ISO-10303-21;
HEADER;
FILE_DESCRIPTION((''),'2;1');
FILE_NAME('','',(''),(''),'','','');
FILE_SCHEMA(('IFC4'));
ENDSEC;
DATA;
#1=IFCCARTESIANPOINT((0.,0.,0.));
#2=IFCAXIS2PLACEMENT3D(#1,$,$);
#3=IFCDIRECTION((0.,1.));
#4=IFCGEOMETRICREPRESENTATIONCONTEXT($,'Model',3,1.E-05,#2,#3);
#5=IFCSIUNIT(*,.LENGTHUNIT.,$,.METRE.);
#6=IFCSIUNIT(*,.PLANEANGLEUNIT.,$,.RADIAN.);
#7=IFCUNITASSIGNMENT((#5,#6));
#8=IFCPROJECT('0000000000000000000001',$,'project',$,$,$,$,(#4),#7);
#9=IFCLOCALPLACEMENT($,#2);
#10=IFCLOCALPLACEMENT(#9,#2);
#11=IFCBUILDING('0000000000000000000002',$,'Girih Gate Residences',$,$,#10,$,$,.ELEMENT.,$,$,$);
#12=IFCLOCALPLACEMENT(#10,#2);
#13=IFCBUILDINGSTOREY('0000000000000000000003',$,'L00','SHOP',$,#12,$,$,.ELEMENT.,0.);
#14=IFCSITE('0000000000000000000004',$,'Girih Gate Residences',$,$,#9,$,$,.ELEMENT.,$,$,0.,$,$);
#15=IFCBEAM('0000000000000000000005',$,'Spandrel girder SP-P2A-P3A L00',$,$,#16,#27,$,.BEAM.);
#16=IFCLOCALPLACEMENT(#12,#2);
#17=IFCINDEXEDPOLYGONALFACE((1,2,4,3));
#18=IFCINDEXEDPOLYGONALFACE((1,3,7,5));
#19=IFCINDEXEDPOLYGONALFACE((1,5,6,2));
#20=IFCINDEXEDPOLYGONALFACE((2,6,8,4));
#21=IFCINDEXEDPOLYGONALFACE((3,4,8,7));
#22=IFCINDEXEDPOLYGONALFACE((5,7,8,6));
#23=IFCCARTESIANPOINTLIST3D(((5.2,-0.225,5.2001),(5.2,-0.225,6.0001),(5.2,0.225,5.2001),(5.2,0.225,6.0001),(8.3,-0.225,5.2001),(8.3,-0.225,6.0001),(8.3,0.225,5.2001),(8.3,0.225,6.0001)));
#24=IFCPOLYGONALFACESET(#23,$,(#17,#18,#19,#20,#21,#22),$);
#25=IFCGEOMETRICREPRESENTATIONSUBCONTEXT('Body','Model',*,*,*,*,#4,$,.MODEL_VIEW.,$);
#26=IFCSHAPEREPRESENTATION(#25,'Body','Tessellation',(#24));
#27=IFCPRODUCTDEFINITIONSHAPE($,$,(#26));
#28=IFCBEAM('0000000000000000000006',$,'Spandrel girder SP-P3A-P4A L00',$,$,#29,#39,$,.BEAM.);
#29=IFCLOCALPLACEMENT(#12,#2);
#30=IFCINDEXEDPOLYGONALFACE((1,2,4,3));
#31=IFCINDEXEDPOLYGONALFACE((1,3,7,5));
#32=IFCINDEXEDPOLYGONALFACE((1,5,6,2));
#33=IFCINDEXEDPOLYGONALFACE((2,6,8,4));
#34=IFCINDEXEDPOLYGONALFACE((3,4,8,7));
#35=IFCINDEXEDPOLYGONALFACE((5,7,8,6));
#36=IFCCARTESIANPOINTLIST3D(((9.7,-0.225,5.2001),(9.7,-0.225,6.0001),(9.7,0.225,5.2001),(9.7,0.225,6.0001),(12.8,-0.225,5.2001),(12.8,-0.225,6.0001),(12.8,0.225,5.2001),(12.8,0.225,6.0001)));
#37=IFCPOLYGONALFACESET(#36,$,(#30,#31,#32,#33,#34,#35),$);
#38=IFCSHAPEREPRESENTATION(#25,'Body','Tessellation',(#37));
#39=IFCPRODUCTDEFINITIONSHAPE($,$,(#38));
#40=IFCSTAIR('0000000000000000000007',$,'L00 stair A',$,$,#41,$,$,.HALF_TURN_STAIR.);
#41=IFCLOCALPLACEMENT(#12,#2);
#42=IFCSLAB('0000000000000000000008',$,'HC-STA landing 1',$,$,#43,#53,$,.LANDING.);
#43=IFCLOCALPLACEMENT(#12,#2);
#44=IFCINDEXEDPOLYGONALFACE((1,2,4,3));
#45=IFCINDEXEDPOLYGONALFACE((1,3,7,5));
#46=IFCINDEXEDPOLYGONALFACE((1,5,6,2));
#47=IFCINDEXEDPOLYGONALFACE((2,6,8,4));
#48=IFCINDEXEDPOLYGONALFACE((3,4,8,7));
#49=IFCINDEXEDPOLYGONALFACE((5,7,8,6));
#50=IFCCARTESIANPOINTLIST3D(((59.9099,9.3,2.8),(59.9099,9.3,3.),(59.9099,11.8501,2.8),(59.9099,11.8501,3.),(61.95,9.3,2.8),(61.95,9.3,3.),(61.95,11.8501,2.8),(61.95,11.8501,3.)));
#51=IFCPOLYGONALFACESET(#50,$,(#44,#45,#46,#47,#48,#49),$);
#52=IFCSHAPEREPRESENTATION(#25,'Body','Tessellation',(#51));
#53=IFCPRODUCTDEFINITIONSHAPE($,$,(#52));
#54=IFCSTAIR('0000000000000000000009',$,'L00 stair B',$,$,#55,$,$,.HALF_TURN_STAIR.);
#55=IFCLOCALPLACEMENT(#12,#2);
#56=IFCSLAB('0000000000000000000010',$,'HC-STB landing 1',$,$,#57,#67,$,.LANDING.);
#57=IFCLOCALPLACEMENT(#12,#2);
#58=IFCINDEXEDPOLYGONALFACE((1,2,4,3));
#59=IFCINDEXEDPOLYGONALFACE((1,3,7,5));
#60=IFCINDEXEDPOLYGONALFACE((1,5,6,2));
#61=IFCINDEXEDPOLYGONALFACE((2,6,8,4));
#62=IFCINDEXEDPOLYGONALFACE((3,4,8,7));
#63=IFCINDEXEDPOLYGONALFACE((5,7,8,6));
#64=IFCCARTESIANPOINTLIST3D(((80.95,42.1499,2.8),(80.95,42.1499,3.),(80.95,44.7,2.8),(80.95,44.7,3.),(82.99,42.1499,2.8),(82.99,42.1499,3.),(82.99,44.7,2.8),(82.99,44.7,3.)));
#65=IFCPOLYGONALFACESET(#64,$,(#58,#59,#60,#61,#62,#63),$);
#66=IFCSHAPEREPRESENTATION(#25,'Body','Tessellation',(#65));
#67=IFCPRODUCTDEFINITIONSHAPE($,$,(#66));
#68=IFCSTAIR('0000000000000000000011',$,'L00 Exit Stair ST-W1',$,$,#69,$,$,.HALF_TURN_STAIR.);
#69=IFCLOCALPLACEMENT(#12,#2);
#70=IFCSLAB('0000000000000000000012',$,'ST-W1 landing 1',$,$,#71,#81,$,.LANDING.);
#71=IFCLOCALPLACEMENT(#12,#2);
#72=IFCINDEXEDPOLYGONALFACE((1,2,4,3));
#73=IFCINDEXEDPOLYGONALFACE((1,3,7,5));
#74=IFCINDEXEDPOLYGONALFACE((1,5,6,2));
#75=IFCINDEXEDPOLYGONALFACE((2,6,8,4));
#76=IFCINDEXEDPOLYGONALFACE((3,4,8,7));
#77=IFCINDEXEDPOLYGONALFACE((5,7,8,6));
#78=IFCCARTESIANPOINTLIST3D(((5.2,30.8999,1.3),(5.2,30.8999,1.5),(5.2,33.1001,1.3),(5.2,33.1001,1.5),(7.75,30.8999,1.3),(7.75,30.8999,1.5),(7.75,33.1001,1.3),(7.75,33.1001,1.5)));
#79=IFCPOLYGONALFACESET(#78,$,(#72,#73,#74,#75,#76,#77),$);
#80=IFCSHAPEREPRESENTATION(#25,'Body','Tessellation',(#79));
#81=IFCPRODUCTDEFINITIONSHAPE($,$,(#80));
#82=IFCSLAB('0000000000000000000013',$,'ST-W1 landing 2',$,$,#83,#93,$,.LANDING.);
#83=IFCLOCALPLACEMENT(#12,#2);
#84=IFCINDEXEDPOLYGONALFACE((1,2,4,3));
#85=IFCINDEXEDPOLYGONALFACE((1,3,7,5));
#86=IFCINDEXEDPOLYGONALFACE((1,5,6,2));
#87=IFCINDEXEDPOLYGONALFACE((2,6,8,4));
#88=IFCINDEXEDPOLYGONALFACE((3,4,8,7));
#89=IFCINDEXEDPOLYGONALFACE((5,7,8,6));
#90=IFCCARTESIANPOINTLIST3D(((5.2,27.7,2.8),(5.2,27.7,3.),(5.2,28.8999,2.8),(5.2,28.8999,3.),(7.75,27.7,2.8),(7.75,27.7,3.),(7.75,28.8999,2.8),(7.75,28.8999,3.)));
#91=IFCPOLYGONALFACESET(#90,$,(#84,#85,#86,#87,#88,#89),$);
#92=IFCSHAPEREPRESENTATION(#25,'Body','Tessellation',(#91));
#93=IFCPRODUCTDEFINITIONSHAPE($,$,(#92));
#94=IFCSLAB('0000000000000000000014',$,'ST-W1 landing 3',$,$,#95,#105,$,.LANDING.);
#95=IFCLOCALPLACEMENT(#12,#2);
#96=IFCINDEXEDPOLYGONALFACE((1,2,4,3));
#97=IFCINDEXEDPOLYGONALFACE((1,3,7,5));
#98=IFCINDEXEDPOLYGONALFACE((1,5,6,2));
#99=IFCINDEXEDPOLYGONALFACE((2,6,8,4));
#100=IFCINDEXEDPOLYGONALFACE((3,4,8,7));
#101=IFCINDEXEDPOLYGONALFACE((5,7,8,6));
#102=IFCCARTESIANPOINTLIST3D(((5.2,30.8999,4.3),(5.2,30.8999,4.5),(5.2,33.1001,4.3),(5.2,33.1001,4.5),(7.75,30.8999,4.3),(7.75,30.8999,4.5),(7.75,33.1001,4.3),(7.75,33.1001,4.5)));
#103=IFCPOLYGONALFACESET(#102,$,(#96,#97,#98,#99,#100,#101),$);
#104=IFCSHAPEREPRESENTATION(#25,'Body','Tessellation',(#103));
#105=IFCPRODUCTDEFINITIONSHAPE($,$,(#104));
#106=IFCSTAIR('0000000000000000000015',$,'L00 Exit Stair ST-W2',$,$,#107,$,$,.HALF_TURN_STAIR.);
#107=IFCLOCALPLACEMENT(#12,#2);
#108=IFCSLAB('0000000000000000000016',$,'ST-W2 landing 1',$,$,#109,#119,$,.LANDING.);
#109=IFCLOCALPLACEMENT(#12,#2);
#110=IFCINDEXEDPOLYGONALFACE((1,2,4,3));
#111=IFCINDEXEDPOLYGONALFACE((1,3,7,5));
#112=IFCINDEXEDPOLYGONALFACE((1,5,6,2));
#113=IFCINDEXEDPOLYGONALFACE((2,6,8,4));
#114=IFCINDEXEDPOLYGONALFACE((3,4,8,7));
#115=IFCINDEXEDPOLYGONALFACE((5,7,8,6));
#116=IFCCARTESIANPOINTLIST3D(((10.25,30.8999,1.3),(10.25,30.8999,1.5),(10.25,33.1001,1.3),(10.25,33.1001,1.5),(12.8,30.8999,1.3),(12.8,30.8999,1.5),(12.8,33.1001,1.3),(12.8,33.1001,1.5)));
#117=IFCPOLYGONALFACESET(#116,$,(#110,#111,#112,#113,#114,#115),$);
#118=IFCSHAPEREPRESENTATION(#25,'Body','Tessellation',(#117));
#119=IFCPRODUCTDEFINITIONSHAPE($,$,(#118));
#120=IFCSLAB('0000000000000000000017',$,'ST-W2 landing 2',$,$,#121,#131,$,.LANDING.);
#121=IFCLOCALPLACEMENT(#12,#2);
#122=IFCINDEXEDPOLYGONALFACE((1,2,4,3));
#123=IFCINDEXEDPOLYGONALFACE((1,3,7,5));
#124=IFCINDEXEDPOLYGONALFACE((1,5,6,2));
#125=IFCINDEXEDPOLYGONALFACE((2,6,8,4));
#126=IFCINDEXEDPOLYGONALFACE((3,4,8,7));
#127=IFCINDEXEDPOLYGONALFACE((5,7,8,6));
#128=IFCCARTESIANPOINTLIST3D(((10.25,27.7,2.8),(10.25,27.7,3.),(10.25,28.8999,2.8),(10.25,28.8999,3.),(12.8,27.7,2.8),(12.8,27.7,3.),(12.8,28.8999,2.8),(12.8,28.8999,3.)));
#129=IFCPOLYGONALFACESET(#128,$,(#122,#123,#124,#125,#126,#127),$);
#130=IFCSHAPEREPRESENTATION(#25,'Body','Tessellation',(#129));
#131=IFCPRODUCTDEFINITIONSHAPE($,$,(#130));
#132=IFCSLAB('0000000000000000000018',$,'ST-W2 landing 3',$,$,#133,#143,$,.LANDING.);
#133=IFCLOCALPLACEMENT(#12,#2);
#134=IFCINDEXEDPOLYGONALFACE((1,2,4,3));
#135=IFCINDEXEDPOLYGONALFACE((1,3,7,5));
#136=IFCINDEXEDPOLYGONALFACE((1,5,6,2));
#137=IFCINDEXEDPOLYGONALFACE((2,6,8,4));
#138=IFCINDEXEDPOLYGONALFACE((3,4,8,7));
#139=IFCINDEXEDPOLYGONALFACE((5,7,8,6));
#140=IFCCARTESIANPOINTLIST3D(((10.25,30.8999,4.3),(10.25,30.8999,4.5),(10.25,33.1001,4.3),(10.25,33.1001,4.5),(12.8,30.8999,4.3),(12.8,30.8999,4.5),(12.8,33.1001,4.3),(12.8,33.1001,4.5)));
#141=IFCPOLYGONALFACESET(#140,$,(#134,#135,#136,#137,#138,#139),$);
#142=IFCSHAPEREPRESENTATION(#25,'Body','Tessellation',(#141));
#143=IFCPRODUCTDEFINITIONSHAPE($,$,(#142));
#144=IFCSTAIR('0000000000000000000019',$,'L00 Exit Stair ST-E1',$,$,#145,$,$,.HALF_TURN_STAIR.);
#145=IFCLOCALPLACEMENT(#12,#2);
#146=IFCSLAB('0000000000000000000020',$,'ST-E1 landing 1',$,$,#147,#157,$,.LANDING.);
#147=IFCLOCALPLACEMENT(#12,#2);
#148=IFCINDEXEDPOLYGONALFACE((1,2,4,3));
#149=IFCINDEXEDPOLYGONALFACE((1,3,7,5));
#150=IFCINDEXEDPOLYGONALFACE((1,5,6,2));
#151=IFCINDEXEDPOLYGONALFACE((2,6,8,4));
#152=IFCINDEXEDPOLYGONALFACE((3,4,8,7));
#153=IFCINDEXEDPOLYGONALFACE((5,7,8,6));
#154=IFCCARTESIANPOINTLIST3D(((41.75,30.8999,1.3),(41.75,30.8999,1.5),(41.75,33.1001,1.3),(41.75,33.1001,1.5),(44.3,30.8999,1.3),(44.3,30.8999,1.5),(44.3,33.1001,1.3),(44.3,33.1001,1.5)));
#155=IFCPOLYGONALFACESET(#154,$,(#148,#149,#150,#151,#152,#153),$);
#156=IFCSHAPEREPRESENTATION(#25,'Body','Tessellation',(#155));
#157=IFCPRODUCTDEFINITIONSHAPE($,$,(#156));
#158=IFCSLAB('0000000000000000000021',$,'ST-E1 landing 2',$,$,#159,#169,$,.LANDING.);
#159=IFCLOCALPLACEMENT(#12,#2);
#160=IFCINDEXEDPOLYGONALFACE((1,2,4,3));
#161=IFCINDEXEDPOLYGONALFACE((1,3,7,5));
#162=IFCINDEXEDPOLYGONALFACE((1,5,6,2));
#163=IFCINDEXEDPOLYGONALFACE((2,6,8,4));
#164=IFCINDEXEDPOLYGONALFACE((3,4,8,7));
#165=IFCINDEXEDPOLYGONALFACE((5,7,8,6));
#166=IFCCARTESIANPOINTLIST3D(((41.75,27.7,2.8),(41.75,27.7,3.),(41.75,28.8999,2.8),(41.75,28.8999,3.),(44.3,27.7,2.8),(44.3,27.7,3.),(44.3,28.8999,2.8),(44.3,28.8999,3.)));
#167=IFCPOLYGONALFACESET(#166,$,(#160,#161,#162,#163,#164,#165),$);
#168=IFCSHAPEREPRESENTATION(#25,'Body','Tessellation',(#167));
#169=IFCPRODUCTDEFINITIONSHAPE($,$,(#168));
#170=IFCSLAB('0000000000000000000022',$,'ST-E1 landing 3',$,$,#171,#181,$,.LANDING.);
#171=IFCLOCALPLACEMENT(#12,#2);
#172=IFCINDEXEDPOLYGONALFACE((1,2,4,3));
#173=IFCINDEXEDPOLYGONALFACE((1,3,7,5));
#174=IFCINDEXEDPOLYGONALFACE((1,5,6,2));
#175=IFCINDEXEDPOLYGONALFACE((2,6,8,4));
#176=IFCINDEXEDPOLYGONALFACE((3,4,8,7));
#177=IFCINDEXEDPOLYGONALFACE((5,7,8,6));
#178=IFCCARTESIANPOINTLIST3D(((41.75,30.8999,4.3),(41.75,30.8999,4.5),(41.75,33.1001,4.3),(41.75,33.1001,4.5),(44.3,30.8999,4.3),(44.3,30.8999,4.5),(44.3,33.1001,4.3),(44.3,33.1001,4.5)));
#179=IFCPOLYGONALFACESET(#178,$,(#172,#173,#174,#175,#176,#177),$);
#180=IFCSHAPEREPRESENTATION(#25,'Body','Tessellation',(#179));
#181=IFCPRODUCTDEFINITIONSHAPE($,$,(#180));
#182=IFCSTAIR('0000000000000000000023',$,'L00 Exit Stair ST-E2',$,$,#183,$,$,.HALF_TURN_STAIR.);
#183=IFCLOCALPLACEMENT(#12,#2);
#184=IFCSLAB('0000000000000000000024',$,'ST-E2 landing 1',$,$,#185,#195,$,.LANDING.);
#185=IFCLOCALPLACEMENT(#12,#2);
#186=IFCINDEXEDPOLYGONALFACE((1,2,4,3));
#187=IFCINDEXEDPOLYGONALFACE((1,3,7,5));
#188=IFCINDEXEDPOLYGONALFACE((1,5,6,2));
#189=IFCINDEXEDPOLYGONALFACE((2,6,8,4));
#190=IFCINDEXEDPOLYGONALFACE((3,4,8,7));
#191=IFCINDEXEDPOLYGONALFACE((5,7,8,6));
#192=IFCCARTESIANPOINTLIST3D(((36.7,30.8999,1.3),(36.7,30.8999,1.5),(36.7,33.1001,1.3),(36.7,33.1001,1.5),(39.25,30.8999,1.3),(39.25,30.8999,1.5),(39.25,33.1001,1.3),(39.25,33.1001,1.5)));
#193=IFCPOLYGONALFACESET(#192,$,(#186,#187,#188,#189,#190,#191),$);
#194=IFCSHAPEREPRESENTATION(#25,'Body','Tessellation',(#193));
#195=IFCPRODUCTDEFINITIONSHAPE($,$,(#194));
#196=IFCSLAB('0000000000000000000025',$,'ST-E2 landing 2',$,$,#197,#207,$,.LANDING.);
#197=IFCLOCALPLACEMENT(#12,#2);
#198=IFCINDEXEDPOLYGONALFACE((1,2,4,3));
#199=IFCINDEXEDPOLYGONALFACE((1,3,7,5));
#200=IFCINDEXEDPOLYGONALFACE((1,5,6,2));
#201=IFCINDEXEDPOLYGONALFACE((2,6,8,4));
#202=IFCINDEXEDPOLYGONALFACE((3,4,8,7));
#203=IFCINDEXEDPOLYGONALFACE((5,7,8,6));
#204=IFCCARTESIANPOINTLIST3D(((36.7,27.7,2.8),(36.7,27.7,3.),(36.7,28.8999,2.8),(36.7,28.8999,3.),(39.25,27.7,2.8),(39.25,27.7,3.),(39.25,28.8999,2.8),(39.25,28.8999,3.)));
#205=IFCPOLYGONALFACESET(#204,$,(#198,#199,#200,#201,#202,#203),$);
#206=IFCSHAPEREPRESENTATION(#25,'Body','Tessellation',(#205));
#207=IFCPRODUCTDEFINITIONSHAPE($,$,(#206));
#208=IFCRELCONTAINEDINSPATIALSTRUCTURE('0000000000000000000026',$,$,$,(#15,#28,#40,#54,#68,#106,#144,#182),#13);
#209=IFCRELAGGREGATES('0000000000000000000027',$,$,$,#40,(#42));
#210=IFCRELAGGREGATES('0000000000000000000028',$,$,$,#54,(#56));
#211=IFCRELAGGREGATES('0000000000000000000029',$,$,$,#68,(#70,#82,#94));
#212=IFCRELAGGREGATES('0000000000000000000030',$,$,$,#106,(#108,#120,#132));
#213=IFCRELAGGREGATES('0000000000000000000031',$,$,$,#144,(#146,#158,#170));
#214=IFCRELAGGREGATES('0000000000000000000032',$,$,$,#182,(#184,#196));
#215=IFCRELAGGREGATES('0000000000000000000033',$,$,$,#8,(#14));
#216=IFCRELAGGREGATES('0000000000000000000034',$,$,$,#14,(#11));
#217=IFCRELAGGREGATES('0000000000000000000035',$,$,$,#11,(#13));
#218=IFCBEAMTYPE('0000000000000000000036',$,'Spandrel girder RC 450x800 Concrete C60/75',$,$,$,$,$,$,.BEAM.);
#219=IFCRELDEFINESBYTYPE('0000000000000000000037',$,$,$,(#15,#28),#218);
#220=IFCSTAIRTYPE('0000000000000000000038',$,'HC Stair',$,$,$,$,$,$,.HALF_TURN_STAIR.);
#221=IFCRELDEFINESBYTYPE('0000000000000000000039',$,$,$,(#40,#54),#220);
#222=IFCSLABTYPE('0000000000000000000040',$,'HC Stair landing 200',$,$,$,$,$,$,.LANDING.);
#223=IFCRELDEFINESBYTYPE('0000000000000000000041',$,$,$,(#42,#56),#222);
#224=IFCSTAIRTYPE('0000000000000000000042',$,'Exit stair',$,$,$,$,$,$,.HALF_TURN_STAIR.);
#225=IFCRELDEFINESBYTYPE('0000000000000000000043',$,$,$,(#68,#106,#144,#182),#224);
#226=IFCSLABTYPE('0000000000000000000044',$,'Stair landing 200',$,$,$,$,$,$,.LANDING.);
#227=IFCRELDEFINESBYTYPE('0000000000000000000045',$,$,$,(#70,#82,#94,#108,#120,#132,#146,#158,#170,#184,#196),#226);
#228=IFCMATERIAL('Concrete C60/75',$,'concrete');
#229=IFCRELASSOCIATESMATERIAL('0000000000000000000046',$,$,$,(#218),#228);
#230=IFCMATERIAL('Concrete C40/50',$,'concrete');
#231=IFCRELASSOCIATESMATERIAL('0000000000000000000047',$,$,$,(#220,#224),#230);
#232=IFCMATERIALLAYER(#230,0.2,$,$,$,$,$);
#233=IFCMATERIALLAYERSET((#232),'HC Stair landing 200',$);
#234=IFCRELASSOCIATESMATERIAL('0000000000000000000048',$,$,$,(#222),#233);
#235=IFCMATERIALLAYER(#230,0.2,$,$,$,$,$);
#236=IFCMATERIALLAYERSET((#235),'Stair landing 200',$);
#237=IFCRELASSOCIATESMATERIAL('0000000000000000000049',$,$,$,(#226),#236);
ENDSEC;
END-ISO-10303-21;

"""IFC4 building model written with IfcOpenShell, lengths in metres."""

from ifc_helpers import new_model, si_unit, direction, frame, origin, origin_2d, place, context, subcontext, project, spatial, polyline, rectangle, outline, extrude, material, layer, layer_set, material_profile, profile_set, type_object, element, aggregate, save


model = new_model("IFC4")

# Units and contexts
model_context = context("Model", 3, precision=1e-05, world=origin(), true_north=direction((0.0, 1.0)))
body_context = subcontext(model_context, "Body", "Model", "MODEL_VIEW")
ifc_project = project(units=[si_unit("LENGTHUNIT", "METRE"), si_unit("PLANEANGLEUNIT", "RADIAN")], contexts=[model_context])

# Site, building, storey
site_placement = place(None, origin())
site = spatial("IfcSite", under=ifc_project, at=site_placement, Name="Girih Gate Residences", CompositionType="ELEMENT", RefElevation=0.0)
building_placement = place(site_placement, origin())
building = spatial("IfcBuilding", under=site, at=building_placement, Name="Girih Gate Residences", CompositionType="ELEMENT")
storey_placement = place(building_placement, origin())
storey = spatial("IfcBuildingStorey", under=building, at=storey_placement, Name="L00", Description="SHOP", CompositionType="ELEMENT", Elevation=0.0)

# Beams
ifc_material_1 = material(Name="Concrete C60/75", Category="concrete")
ifc_material_profile_1 = material_profile(ifc_material_1, rectangle(XDim=0.45, YDim=0.8, at=origin_2d()))
ifc_profile_set_1 = profile_set([ifc_material_profile_1], Name="Concrete C60/75")
beam_type = type_object("IfcBeamType", Name="Spandrel girder RC 450x800 Concrete C60/75", PredefinedType="BEAM", material=ifc_profile_set_1)
for number, where, z_axis, x_axis, name in (
    (1, (5.2, 0.0, 5.6001), (1.0, 0.0, 0.0), (0.0, 1.0, 0.0), "Spandrel girder SP-P2A-P3A L00"),
    (2, (9.7, 0.0, 5.6001), (1.0, 0.0, 0.0), (0.0, 1.0, 0.0), "Spandrel girder SP-P3A-P4A L00"),
):
    element("IfcBeam", number, at=place(storey_placement, frame(where, z_axis=z_axis, x_axis=x_axis)), inside=storey, type_object=beam_type, Name=name, PredefinedType="BEAM", context=body_context, shape_type="SweptSolid", body=[
        extrude(rectangle(XDim=0.45, YDim=0.8, at=origin_2d()), origin(), (0.0, 0.0, 1.0), 3.1001),
    ])

# Stairs, slabs
ifc_material_2 = material(Name="Concrete C40/50", Category="concrete")
stair_type_1 = type_object("IfcStairType", Name="HC Stair", PredefinedType="HALF_TURN_STAIR", material=ifc_material_2)
stair_1_placement = place(storey_placement, origin())
stair_1 = element("IfcStair", 3, at=stair_1_placement, inside=storey, type_object=stair_type_1, Name="L00 stair A", PredefinedType="HALF_TURN_STAIR")
ifc_layer_1 = layer(ifc_material_2, 0.2)
ifc_layer_set_1 = layer_set([ifc_layer_1], Name="HC Stair landing 200")
slab_type_1 = type_object("IfcSlabType", Name="HC Stair landing 200", PredefinedType="LANDING", material=ifc_layer_set_1)
slab_1_placement = place(storey_placement, frame((0.0, 0.0, 2.8)))
slab_1 = element("IfcSlab", 4, at=slab_1_placement, type_object=slab_type_1, Name="HC-STA landing 1", PredefinedType="LANDING", context=body_context, shape_type="SweptSolid", body=[
    extrude(outline(polyline([(59.9099, 9.3), (61.95, 9.3), (61.95, 11.8501), (59.9099, 11.8501), (59.9099, 9.3)])), origin(), (0.0, 0.0, 1.0), 0.2),
])
aggregate(stair_1, [slab_1])
stair_2_placement = place(storey_placement, origin())
stair_2 = element("IfcStair", 5, at=stair_2_placement, inside=storey, type_object=stair_type_1, Name="L00 stair B", PredefinedType="HALF_TURN_STAIR")
slab_2_placement = place(storey_placement, frame((0.0, 0.0, 2.8)))
slab_2 = element("IfcSlab", 6, at=slab_2_placement, type_object=slab_type_1, Name="HC-STB landing 1", PredefinedType="LANDING", context=body_context, shape_type="SweptSolid", body=[
    extrude(outline(polyline([(82.99, 44.7), (80.95, 44.7), (80.95, 42.1499), (82.99, 42.1499), (82.99, 44.7)])), origin(), (0.0, 0.0, 1.0), 0.2),
])
aggregate(stair_2, [slab_2])

# Stairs, slabs
stair_type_2 = type_object("IfcStairType", Name="Exit stair", PredefinedType="HALF_TURN_STAIR", material=ifc_material_2)
stair_3_placement = place(storey_placement, origin())
stair_3 = element("IfcStair", 7, at=stair_3_placement, inside=storey, type_object=stair_type_2, Name="L00 Exit Stair ST-W1", PredefinedType="HALF_TURN_STAIR")
ifc_layer_2 = layer(ifc_material_2, 0.2)
ifc_layer_set_2 = layer_set([ifc_layer_2], Name="Stair landing 200")
slab_type_2 = type_object("IfcSlabType", Name="Stair landing 200", PredefinedType="LANDING", material=ifc_layer_set_2)
slab_3_placement = place(storey_placement, frame((0.0, 0.0, 1.3)))
slab_3 = element("IfcSlab", 8, at=slab_3_placement, type_object=slab_type_2, Name="ST-W1 landing 1", PredefinedType="LANDING", context=body_context, shape_type="SweptSolid", body=[
    extrude(outline(polyline([(7.75, 30.8999), (7.75, 33.1001), (5.2, 33.1001), (5.2, 30.8999), (7.75, 30.8999)])), origin(), (0.0, 0.0, 1.0), 0.2),
])
slab_4_placement = place(storey_placement, frame((0.0, 0.0, 2.8)))
slab_4 = element("IfcSlab", 9, at=slab_4_placement, type_object=slab_type_2, Name="ST-W1 landing 2", PredefinedType="LANDING", context=body_context, shape_type="SweptSolid", body=[
    extrude(outline(polyline([(7.75, 27.7), (7.75, 28.8999), (5.2, 28.8999), (5.2, 27.7), (7.75, 27.7)])), origin(), (0.0, 0.0, 1.0), 0.2),
])
slab_5_placement = place(storey_placement, frame((0.0, 0.0, 4.3)))
slab_5 = element("IfcSlab", 10, at=slab_5_placement, type_object=slab_type_2, Name="ST-W1 landing 3", PredefinedType="LANDING", context=body_context, shape_type="SweptSolid", body=[
    extrude(outline(polyline([(7.75, 30.8999), (7.75, 33.1001), (5.2, 33.1001), (5.2, 30.8999), (7.75, 30.8999)])), origin(), (0.0, 0.0, 1.0), 0.2),
])
aggregate(stair_3, [slab_3, slab_4, slab_5])
stair_4_placement = place(storey_placement, origin())
stair_4 = element("IfcStair", 11, at=stair_4_placement, inside=storey, type_object=stair_type_2, Name="L00 Exit Stair ST-W2", PredefinedType="HALF_TURN_STAIR")
slab_6_placement = place(storey_placement, frame((0.0, 0.0, 1.3)))
slab_6 = element("IfcSlab", 12, at=slab_6_placement, type_object=slab_type_2, Name="ST-W2 landing 1", PredefinedType="LANDING", context=body_context, shape_type="SweptSolid", body=[
    extrude(outline(polyline([(12.8, 30.8999), (12.8, 33.1001), (10.25, 33.1001), (10.25, 30.8999), (12.8, 30.8999)])), origin(), (0.0, 0.0, 1.0), 0.2),
])
slab_7_placement = place(storey_placement, frame((0.0, 0.0, 2.8)))
slab_7 = element("IfcSlab", 13, at=slab_7_placement, type_object=slab_type_2, Name="ST-W2 landing 2", PredefinedType="LANDING", context=body_context, shape_type="SweptSolid", body=[
    extrude(outline(polyline([(12.8, 27.7), (12.8, 28.8999), (10.25, 28.8999), (10.25, 27.7), (12.8, 27.7)])), origin(), (0.0, 0.0, 1.0), 0.2),
])
slab_8_placement = place(storey_placement, frame((0.0, 0.0, 4.3)))
slab_8 = element("IfcSlab", 14, at=slab_8_placement, type_object=slab_type_2, Name="ST-W2 landing 3", PredefinedType="LANDING", context=body_context, shape_type="SweptSolid", body=[
    extrude(outline(polyline([(12.8, 30.8999), (12.8, 33.1001), (10.25, 33.1001), (10.25, 30.8999), (12.8, 30.8999)])), origin(), (0.0, 0.0, 1.0), 0.2),
])
aggregate(stair_4, [slab_6, slab_7, slab_8])
stair_5_placement = place(storey_placement, origin())
stair_5 = element("IfcStair", 15, at=stair_5_placement, inside=storey, type_object=stair_type_2, Name="L00 Exit Stair ST-E1", PredefinedType="HALF_TURN_STAIR")
slab_9_placement = place(storey_placement, frame((0.0, 0.0, 1.3)))
slab_9 = element("IfcSlab", 16, at=slab_9_placement, type_object=slab_type_2, Name="ST-E1 landing 1", PredefinedType="LANDING", context=body_context, shape_type="SweptSolid", body=[
    extrude(outline(polyline([(44.3, 30.8999), (44.3, 33.1001), (41.75, 33.1001), (41.75, 30.8999), (44.3, 30.8999)])), origin(), (0.0, 0.0, 1.0), 0.2),
])
slab_10_placement = place(storey_placement, frame((0.0, 0.0, 2.8)))
slab_10 = element("IfcSlab", 17, at=slab_10_placement, type_object=slab_type_2, Name="ST-E1 landing 2", PredefinedType="LANDING", context=body_context, shape_type="SweptSolid", body=[
    extrude(outline(polyline([(44.3, 27.7), (44.3, 28.8999), (41.75, 28.8999), (41.75, 27.7), (44.3, 27.7)])), origin(), (0.0, 0.0, 1.0), 0.2),
])
slab_11_placement = place(storey_placement, frame((0.0, 0.0, 4.3)))
slab_11 = element("IfcSlab", 18, at=slab_11_placement, type_object=slab_type_2, Name="ST-E1 landing 3", PredefinedType="LANDING", context=body_context, shape_type="SweptSolid", body=[
    extrude(outline(polyline([(44.3, 30.8999), (44.3, 33.1001), (41.75, 33.1001), (41.75, 30.8999), (44.3, 30.8999)])), origin(), (0.0, 0.0, 1.0), 0.2),
])
aggregate(stair_5, [slab_9, slab_10, slab_11])
stair_6_placement = place(storey_placement, origin())
stair_6 = element("IfcStair", 19, at=stair_6_placement, inside=storey, type_object=stair_type_2, Name="L00 Exit Stair ST-E2", PredefinedType="HALF_TURN_STAIR")
slab_12_placement = place(storey_placement, frame((0.0, 0.0, 1.3)))
slab_12 = element("IfcSlab", 20, at=slab_12_placement, type_object=slab_type_2, Name="ST-E2 landing 1", PredefinedType="LANDING", context=body_context, shape_type="SweptSolid", body=[
    extrude(outline(polyline([(39.25, 30.8999), (39.25, 33.1001), (36.7, 33.1001), (36.7, 30.8999), (39.25, 30.8999)])), origin(), (0.0, 0.0, 1.0), 0.2),
])
slab_13_placement = place(storey_placement, frame((0.0, 0.0, 2.8)))
slab_13 = element("IfcSlab", 21, at=slab_13_placement, type_object=slab_type_2, Name="ST-E2 landing 2", PredefinedType="LANDING", context=body_context, shape_type="SweptSolid", body=[
    extrude(outline(polyline([(39.25, 27.7), (39.25, 28.8999), (36.7, 28.8999), (36.7, 27.7), (39.25, 27.7)])), origin(), (0.0, 0.0, 1.0), 0.2),
])
aggregate(stair_6, [slab_12, slab_13])

save(model, "model.ifc")
